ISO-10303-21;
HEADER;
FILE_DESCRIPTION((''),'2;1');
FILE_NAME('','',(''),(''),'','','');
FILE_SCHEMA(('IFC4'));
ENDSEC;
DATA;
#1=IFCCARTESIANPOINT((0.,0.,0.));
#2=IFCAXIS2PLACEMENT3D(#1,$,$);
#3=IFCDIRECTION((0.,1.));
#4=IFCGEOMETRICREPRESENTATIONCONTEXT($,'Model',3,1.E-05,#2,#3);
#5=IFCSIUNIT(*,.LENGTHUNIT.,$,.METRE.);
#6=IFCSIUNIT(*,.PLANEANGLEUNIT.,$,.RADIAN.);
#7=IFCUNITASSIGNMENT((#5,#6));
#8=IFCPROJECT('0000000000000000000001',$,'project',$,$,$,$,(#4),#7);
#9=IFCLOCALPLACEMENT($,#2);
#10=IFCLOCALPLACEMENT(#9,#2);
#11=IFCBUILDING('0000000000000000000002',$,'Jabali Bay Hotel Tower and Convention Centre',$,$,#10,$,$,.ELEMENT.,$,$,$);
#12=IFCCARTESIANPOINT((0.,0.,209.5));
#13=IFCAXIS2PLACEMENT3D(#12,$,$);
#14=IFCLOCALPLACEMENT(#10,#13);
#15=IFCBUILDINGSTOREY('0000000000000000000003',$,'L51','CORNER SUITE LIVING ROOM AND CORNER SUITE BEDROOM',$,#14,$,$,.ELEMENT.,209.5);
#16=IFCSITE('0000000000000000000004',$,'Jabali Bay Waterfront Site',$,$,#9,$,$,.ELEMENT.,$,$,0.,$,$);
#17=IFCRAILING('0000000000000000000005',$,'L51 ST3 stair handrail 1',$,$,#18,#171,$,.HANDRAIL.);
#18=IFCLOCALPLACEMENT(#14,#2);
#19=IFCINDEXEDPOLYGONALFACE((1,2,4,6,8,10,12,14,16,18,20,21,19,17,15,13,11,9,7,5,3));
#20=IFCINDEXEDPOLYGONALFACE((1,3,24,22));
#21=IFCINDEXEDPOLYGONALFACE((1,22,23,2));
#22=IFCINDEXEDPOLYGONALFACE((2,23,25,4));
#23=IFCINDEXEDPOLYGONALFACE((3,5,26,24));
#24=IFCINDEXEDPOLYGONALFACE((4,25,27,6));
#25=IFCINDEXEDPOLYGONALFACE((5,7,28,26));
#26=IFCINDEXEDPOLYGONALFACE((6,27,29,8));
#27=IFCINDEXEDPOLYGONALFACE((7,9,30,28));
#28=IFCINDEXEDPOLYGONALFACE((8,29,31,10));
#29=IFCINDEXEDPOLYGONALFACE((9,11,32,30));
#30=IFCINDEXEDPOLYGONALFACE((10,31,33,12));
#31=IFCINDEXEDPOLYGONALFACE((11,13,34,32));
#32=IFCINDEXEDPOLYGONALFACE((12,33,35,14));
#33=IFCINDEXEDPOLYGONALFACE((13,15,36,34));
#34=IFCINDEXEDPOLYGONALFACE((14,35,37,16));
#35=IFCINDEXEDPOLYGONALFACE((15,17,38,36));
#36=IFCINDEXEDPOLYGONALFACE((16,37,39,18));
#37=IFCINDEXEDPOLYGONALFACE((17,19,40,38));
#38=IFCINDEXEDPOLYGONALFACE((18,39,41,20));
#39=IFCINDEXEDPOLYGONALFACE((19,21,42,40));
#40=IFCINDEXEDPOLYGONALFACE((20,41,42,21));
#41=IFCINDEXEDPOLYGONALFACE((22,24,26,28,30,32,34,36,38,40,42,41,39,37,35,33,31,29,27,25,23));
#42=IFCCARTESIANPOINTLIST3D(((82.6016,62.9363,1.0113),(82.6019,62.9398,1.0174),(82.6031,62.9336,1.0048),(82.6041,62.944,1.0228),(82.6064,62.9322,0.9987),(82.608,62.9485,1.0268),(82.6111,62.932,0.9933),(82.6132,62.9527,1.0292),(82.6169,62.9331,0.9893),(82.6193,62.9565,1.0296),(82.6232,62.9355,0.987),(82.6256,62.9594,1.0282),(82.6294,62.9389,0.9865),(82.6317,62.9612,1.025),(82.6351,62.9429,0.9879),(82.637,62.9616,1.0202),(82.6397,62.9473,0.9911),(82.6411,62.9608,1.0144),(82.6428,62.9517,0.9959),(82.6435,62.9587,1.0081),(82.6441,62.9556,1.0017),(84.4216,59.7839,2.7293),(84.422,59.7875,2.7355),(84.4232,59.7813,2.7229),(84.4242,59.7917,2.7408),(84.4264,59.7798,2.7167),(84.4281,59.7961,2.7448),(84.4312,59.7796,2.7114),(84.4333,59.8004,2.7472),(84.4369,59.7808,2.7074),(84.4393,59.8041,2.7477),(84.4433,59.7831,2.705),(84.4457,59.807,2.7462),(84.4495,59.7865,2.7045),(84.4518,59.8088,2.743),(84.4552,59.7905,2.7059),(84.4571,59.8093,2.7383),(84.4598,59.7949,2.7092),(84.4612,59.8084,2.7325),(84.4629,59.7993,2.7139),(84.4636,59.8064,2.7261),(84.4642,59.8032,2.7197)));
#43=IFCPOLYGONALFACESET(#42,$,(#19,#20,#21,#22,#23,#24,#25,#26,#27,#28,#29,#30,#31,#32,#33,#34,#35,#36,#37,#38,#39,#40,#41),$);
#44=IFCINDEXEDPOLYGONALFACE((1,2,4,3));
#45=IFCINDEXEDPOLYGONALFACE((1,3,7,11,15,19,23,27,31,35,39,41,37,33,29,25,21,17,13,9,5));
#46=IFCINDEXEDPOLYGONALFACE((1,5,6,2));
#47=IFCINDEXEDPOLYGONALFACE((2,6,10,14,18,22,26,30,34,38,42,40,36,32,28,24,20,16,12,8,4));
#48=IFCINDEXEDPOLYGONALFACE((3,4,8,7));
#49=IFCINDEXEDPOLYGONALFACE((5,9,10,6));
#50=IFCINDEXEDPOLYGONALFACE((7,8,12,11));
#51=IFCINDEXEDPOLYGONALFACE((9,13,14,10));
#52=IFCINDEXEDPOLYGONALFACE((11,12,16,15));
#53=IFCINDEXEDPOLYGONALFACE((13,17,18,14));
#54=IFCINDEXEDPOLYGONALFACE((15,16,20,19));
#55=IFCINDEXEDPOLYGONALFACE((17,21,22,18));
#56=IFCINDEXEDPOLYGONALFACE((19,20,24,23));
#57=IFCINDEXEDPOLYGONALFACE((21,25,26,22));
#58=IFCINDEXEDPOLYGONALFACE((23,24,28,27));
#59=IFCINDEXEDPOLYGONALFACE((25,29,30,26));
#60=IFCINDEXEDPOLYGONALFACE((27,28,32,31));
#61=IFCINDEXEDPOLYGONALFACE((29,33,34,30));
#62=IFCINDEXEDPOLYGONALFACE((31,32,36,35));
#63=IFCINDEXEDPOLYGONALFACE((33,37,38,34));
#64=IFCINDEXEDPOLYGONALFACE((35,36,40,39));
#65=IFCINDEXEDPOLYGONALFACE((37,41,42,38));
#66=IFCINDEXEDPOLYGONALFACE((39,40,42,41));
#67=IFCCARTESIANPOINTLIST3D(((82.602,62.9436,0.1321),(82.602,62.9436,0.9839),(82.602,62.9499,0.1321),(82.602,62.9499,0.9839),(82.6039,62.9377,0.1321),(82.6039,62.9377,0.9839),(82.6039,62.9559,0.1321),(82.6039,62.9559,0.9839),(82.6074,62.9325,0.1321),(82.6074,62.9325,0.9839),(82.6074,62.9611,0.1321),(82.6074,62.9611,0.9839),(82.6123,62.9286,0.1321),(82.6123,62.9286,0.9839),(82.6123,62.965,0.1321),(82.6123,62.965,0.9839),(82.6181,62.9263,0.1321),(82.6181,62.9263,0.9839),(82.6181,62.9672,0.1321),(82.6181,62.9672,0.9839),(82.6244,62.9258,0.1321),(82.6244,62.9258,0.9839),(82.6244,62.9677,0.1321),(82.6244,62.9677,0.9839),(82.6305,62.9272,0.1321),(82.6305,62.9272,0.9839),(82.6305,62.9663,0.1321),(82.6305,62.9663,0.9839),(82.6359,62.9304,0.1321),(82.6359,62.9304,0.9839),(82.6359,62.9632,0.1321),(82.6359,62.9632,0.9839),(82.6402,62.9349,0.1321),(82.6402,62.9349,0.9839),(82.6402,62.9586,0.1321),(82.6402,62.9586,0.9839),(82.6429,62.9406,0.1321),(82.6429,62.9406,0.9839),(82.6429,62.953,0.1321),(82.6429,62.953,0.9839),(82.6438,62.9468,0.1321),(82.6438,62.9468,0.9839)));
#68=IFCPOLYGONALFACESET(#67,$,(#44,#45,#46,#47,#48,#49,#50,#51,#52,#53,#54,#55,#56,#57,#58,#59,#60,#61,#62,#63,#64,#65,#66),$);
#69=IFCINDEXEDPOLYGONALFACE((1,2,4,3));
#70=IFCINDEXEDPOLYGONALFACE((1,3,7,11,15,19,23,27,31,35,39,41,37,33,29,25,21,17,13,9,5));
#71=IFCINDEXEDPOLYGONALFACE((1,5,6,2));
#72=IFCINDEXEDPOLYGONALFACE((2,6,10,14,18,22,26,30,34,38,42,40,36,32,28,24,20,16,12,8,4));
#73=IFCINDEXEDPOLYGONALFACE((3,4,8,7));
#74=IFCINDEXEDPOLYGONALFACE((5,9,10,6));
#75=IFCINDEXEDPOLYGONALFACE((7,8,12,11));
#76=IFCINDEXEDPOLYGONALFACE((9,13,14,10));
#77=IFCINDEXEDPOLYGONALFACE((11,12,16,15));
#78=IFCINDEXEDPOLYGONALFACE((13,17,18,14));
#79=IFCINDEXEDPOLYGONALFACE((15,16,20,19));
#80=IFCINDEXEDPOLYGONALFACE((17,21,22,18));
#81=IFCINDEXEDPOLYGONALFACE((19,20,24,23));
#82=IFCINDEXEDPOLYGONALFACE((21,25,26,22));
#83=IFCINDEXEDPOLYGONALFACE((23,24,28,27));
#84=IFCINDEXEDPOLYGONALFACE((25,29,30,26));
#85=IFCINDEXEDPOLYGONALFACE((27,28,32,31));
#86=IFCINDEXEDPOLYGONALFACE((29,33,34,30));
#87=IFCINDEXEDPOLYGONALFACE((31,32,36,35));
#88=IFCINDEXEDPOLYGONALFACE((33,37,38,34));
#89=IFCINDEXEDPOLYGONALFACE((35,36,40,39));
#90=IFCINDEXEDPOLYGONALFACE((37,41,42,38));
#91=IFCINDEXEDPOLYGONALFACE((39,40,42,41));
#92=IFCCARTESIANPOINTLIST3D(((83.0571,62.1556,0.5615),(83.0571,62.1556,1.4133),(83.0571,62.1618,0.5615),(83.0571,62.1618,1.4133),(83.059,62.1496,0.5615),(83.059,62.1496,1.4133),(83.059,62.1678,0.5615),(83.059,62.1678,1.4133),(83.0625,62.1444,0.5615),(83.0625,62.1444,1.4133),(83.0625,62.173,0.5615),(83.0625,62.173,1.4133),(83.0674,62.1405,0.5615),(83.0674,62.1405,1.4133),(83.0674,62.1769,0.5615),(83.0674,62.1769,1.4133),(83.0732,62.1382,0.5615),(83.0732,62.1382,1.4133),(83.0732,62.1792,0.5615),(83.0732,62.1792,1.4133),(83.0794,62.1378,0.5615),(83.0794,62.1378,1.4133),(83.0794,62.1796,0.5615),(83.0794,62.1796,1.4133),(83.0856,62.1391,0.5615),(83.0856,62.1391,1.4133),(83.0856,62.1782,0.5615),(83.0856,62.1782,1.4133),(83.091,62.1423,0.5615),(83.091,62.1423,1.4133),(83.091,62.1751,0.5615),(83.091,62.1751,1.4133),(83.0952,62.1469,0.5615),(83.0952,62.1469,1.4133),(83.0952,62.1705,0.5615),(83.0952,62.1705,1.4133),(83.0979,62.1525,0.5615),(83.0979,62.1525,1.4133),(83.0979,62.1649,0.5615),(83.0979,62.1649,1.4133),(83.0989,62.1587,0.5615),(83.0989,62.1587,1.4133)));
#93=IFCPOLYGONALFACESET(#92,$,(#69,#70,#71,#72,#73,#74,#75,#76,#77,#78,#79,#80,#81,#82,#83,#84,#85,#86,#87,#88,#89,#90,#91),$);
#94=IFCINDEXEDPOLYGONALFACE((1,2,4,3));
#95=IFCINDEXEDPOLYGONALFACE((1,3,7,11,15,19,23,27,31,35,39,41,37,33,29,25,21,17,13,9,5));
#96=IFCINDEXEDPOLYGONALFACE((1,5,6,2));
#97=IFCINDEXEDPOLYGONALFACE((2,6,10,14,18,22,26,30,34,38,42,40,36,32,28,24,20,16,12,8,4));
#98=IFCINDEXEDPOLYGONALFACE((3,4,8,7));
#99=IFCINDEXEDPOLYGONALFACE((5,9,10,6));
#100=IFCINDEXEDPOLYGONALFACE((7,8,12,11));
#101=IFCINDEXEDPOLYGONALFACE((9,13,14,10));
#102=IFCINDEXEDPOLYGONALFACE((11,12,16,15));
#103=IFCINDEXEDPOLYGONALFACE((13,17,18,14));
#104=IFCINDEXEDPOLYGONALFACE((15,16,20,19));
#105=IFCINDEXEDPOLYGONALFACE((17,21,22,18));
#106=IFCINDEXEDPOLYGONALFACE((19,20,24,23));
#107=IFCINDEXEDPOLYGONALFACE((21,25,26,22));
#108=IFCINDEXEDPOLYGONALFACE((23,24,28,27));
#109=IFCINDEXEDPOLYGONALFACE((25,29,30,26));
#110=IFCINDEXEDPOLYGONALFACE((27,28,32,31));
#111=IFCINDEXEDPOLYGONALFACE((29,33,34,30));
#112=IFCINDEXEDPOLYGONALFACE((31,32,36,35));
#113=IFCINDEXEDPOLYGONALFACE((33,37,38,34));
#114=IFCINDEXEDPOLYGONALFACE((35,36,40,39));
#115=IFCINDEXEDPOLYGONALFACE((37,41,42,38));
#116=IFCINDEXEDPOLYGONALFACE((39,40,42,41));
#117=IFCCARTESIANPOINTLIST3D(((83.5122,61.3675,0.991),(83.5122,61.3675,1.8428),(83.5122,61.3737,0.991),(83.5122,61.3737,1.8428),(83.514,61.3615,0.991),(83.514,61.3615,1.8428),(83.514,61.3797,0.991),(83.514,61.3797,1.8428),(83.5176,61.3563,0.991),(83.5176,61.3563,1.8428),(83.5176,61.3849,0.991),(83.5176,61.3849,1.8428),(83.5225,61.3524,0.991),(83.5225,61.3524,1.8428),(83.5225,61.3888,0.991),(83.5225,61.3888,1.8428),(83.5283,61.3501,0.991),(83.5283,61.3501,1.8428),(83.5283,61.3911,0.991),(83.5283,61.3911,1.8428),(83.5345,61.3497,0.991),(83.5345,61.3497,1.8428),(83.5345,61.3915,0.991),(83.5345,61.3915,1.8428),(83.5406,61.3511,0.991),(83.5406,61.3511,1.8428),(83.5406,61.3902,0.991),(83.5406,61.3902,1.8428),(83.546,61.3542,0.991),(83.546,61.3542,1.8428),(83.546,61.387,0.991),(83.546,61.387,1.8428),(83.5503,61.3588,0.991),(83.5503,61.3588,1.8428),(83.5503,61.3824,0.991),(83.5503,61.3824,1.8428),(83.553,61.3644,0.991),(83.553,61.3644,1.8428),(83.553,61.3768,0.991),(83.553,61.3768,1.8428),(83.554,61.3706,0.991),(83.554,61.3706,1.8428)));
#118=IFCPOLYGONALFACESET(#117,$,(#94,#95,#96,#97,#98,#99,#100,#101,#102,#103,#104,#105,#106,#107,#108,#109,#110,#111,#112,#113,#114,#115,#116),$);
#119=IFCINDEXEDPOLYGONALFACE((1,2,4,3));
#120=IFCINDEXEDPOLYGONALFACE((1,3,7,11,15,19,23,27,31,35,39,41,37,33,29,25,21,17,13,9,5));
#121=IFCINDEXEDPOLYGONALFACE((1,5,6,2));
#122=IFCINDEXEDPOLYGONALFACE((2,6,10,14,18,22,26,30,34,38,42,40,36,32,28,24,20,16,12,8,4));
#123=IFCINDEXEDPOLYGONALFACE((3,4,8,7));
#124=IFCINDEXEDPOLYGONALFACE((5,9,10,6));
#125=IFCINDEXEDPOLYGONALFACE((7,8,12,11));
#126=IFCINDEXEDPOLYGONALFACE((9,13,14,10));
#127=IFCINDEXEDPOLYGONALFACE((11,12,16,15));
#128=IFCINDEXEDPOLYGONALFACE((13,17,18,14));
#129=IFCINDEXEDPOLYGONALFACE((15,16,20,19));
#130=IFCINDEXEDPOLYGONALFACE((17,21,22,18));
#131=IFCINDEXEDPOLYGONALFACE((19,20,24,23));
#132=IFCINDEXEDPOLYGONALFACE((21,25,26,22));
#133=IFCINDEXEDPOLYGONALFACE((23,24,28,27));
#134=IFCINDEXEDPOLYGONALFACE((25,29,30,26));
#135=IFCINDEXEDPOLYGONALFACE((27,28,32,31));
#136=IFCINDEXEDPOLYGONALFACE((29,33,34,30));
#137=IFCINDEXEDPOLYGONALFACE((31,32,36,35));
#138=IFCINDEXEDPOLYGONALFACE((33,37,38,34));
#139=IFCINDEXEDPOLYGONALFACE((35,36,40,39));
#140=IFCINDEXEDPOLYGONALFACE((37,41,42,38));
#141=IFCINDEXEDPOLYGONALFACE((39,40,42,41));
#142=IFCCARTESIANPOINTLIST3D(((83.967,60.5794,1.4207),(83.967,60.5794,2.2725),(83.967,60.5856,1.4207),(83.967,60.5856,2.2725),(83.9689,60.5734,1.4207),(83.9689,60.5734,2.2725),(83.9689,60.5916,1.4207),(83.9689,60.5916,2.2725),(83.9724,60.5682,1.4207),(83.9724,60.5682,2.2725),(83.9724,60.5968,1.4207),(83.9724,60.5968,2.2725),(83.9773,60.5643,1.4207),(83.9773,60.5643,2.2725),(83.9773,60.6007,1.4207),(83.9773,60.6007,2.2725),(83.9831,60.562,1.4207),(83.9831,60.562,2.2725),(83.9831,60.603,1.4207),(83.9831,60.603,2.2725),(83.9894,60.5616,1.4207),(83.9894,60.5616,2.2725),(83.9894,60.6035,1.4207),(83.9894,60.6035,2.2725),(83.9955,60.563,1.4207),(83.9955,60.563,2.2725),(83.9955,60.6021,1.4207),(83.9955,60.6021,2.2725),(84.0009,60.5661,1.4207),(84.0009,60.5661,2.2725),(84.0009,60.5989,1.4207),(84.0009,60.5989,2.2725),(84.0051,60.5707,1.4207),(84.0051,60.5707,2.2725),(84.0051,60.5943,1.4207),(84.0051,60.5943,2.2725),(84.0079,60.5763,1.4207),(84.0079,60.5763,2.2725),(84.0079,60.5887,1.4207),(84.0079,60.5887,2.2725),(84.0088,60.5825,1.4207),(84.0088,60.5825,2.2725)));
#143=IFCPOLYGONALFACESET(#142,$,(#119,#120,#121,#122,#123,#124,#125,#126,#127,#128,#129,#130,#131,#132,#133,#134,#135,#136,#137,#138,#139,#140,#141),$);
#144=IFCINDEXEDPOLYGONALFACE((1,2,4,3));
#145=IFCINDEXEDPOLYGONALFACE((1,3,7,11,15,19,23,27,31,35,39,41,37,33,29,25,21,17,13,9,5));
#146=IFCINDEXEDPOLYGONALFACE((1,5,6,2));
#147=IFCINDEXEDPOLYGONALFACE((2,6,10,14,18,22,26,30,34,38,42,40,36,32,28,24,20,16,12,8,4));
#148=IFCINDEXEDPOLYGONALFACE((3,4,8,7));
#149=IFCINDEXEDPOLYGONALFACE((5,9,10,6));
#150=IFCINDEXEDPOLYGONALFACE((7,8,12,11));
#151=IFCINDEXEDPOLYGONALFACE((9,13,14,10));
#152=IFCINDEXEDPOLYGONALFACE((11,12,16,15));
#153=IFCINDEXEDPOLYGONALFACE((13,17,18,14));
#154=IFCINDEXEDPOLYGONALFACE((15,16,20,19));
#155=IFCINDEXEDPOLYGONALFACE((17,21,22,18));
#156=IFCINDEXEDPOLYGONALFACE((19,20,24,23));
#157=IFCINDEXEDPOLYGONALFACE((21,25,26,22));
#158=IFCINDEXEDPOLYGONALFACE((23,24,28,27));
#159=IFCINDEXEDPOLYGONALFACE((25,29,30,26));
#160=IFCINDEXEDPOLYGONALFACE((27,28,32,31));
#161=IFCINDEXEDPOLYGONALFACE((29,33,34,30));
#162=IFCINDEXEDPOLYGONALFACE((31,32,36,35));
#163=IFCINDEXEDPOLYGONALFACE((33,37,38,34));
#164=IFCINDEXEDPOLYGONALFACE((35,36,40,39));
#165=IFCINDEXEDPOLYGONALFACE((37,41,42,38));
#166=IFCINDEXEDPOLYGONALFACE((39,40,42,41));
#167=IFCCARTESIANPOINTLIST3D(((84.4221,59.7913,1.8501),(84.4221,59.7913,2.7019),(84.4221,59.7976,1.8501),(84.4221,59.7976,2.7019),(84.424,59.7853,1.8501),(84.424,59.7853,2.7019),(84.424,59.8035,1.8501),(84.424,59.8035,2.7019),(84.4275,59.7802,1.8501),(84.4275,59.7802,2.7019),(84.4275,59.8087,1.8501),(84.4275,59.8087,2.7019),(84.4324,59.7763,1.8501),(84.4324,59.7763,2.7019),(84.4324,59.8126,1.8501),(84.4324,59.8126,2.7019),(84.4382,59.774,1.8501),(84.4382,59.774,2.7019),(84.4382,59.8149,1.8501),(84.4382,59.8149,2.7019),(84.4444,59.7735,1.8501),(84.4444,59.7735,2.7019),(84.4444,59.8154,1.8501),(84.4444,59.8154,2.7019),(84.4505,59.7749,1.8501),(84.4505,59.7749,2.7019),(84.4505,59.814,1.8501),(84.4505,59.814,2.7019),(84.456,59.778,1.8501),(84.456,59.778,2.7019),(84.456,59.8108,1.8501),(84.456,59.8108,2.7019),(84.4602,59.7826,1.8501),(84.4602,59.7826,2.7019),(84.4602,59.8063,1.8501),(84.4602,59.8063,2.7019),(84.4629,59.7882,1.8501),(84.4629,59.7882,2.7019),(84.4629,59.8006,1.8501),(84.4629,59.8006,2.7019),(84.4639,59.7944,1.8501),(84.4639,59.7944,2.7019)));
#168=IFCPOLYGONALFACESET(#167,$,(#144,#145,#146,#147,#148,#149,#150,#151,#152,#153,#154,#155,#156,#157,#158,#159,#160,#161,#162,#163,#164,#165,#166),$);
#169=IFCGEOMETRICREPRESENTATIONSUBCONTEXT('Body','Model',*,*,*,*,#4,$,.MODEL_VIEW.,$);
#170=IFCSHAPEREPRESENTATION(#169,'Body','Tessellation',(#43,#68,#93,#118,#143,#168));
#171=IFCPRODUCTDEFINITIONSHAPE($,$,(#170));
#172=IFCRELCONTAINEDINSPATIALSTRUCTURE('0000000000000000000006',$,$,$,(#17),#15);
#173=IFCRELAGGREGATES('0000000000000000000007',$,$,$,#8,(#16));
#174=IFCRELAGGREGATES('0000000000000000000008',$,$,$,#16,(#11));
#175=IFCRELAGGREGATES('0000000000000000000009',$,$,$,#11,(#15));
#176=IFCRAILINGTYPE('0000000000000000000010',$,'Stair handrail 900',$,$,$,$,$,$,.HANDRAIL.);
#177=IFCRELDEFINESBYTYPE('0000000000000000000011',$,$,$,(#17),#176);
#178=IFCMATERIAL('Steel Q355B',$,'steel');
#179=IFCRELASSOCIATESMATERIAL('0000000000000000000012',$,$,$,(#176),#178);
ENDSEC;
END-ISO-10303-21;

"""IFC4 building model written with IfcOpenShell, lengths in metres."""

from ifc_helpers import new_model, si_unit, direction, frame, origin, origin_2d, place, context, subcontext, project, spatial, circle, extrude, material, type_object, element, save


model = new_model("IFC4")

# Units and contexts
model_context = context("Model", 3, precision=1e-05, world=origin(), true_north=direction((0.0, 1.0)))
body_context = subcontext(model_context, "Body", "Model", "MODEL_VIEW")
ifc_project = project(units=[si_unit("LENGTHUNIT", "METRE"), si_unit("PLANEANGLEUNIT", "RADIAN")], contexts=[model_context])

# Site, building, storey
site_placement = place(None, origin())
site = spatial("IfcSite", under=ifc_project, at=site_placement, Name="Jabali Bay Waterfront Site", CompositionType="ELEMENT", RefElevation=0.0)
building_placement = place(site_placement, origin())
building = spatial("IfcBuilding", under=site, at=building_placement, Name="Jabali Bay Hotel Tower and Convention Centre", CompositionType="ELEMENT")
storey_placement = place(building_placement, frame((0.0, 0.0, 209.5)))
storey = spatial("IfcBuildingStorey", under=building, at=storey_placement, Name="L51", Description="CORNER SUITE LIVING ROOM AND CORNER SUITE BEDROOM", CompositionType="ELEMENT", Elevation=209.5)

# Railing
ifc_material_1 = material(Name="Steel Q355B", Category="steel")
railing_type_1 = type_object("IfcRailingType", Name="Stair handrail 900", PredefinedType="HANDRAIL", material=ifc_material_1)
railing_1_placement = place(storey_placement, frame((82.6228, 62.9468, 0.1321)))
element("IfcRailing", 1, at=railing_1_placement, inside=storey, type_object=railing_type_1, Name="L51 ST3 stair handrail 1", PredefinedType="HANDRAIL", context=body_context, shape_type="SweptSolid", body=[
    extrude(circle(Radius=0.0239, at=origin_2d()), frame((0.0, 0.0, 0.876), z_axis=(0.452179, -0.78317, 0.426825), x_axis=(0.866018, 0.500013, 0.0)), (0.0, 0.0, 1.0), 4.0251),
    extrude(circle(Radius=0.021, at=origin_2d()), origin(), (0.0, 0.0, 1.0), 0.8518),
    extrude(circle(Radius=0.021, at=origin_2d()), frame((0.4551, -0.7881, 0.4294)), (0.0, 0.0, 1.0), 0.8518),
    extrude(circle(Radius=0.021, at=origin_2d()), frame((0.9102, -1.5762, 0.8589)), (0.0, 0.0, 1.0), 0.8518),
    extrude(circle(Radius=0.021, at=origin_2d()), frame((1.365, -2.3643, 1.2886)), (0.0, 0.0, 1.0), 0.8518),
    extrude(circle(Radius=0.021, at=origin_2d()), frame((1.8201, -3.1523, 1.718)), (0.0, 0.0, 1.0), 0.8518),
])

save(model, "model.ifc")
